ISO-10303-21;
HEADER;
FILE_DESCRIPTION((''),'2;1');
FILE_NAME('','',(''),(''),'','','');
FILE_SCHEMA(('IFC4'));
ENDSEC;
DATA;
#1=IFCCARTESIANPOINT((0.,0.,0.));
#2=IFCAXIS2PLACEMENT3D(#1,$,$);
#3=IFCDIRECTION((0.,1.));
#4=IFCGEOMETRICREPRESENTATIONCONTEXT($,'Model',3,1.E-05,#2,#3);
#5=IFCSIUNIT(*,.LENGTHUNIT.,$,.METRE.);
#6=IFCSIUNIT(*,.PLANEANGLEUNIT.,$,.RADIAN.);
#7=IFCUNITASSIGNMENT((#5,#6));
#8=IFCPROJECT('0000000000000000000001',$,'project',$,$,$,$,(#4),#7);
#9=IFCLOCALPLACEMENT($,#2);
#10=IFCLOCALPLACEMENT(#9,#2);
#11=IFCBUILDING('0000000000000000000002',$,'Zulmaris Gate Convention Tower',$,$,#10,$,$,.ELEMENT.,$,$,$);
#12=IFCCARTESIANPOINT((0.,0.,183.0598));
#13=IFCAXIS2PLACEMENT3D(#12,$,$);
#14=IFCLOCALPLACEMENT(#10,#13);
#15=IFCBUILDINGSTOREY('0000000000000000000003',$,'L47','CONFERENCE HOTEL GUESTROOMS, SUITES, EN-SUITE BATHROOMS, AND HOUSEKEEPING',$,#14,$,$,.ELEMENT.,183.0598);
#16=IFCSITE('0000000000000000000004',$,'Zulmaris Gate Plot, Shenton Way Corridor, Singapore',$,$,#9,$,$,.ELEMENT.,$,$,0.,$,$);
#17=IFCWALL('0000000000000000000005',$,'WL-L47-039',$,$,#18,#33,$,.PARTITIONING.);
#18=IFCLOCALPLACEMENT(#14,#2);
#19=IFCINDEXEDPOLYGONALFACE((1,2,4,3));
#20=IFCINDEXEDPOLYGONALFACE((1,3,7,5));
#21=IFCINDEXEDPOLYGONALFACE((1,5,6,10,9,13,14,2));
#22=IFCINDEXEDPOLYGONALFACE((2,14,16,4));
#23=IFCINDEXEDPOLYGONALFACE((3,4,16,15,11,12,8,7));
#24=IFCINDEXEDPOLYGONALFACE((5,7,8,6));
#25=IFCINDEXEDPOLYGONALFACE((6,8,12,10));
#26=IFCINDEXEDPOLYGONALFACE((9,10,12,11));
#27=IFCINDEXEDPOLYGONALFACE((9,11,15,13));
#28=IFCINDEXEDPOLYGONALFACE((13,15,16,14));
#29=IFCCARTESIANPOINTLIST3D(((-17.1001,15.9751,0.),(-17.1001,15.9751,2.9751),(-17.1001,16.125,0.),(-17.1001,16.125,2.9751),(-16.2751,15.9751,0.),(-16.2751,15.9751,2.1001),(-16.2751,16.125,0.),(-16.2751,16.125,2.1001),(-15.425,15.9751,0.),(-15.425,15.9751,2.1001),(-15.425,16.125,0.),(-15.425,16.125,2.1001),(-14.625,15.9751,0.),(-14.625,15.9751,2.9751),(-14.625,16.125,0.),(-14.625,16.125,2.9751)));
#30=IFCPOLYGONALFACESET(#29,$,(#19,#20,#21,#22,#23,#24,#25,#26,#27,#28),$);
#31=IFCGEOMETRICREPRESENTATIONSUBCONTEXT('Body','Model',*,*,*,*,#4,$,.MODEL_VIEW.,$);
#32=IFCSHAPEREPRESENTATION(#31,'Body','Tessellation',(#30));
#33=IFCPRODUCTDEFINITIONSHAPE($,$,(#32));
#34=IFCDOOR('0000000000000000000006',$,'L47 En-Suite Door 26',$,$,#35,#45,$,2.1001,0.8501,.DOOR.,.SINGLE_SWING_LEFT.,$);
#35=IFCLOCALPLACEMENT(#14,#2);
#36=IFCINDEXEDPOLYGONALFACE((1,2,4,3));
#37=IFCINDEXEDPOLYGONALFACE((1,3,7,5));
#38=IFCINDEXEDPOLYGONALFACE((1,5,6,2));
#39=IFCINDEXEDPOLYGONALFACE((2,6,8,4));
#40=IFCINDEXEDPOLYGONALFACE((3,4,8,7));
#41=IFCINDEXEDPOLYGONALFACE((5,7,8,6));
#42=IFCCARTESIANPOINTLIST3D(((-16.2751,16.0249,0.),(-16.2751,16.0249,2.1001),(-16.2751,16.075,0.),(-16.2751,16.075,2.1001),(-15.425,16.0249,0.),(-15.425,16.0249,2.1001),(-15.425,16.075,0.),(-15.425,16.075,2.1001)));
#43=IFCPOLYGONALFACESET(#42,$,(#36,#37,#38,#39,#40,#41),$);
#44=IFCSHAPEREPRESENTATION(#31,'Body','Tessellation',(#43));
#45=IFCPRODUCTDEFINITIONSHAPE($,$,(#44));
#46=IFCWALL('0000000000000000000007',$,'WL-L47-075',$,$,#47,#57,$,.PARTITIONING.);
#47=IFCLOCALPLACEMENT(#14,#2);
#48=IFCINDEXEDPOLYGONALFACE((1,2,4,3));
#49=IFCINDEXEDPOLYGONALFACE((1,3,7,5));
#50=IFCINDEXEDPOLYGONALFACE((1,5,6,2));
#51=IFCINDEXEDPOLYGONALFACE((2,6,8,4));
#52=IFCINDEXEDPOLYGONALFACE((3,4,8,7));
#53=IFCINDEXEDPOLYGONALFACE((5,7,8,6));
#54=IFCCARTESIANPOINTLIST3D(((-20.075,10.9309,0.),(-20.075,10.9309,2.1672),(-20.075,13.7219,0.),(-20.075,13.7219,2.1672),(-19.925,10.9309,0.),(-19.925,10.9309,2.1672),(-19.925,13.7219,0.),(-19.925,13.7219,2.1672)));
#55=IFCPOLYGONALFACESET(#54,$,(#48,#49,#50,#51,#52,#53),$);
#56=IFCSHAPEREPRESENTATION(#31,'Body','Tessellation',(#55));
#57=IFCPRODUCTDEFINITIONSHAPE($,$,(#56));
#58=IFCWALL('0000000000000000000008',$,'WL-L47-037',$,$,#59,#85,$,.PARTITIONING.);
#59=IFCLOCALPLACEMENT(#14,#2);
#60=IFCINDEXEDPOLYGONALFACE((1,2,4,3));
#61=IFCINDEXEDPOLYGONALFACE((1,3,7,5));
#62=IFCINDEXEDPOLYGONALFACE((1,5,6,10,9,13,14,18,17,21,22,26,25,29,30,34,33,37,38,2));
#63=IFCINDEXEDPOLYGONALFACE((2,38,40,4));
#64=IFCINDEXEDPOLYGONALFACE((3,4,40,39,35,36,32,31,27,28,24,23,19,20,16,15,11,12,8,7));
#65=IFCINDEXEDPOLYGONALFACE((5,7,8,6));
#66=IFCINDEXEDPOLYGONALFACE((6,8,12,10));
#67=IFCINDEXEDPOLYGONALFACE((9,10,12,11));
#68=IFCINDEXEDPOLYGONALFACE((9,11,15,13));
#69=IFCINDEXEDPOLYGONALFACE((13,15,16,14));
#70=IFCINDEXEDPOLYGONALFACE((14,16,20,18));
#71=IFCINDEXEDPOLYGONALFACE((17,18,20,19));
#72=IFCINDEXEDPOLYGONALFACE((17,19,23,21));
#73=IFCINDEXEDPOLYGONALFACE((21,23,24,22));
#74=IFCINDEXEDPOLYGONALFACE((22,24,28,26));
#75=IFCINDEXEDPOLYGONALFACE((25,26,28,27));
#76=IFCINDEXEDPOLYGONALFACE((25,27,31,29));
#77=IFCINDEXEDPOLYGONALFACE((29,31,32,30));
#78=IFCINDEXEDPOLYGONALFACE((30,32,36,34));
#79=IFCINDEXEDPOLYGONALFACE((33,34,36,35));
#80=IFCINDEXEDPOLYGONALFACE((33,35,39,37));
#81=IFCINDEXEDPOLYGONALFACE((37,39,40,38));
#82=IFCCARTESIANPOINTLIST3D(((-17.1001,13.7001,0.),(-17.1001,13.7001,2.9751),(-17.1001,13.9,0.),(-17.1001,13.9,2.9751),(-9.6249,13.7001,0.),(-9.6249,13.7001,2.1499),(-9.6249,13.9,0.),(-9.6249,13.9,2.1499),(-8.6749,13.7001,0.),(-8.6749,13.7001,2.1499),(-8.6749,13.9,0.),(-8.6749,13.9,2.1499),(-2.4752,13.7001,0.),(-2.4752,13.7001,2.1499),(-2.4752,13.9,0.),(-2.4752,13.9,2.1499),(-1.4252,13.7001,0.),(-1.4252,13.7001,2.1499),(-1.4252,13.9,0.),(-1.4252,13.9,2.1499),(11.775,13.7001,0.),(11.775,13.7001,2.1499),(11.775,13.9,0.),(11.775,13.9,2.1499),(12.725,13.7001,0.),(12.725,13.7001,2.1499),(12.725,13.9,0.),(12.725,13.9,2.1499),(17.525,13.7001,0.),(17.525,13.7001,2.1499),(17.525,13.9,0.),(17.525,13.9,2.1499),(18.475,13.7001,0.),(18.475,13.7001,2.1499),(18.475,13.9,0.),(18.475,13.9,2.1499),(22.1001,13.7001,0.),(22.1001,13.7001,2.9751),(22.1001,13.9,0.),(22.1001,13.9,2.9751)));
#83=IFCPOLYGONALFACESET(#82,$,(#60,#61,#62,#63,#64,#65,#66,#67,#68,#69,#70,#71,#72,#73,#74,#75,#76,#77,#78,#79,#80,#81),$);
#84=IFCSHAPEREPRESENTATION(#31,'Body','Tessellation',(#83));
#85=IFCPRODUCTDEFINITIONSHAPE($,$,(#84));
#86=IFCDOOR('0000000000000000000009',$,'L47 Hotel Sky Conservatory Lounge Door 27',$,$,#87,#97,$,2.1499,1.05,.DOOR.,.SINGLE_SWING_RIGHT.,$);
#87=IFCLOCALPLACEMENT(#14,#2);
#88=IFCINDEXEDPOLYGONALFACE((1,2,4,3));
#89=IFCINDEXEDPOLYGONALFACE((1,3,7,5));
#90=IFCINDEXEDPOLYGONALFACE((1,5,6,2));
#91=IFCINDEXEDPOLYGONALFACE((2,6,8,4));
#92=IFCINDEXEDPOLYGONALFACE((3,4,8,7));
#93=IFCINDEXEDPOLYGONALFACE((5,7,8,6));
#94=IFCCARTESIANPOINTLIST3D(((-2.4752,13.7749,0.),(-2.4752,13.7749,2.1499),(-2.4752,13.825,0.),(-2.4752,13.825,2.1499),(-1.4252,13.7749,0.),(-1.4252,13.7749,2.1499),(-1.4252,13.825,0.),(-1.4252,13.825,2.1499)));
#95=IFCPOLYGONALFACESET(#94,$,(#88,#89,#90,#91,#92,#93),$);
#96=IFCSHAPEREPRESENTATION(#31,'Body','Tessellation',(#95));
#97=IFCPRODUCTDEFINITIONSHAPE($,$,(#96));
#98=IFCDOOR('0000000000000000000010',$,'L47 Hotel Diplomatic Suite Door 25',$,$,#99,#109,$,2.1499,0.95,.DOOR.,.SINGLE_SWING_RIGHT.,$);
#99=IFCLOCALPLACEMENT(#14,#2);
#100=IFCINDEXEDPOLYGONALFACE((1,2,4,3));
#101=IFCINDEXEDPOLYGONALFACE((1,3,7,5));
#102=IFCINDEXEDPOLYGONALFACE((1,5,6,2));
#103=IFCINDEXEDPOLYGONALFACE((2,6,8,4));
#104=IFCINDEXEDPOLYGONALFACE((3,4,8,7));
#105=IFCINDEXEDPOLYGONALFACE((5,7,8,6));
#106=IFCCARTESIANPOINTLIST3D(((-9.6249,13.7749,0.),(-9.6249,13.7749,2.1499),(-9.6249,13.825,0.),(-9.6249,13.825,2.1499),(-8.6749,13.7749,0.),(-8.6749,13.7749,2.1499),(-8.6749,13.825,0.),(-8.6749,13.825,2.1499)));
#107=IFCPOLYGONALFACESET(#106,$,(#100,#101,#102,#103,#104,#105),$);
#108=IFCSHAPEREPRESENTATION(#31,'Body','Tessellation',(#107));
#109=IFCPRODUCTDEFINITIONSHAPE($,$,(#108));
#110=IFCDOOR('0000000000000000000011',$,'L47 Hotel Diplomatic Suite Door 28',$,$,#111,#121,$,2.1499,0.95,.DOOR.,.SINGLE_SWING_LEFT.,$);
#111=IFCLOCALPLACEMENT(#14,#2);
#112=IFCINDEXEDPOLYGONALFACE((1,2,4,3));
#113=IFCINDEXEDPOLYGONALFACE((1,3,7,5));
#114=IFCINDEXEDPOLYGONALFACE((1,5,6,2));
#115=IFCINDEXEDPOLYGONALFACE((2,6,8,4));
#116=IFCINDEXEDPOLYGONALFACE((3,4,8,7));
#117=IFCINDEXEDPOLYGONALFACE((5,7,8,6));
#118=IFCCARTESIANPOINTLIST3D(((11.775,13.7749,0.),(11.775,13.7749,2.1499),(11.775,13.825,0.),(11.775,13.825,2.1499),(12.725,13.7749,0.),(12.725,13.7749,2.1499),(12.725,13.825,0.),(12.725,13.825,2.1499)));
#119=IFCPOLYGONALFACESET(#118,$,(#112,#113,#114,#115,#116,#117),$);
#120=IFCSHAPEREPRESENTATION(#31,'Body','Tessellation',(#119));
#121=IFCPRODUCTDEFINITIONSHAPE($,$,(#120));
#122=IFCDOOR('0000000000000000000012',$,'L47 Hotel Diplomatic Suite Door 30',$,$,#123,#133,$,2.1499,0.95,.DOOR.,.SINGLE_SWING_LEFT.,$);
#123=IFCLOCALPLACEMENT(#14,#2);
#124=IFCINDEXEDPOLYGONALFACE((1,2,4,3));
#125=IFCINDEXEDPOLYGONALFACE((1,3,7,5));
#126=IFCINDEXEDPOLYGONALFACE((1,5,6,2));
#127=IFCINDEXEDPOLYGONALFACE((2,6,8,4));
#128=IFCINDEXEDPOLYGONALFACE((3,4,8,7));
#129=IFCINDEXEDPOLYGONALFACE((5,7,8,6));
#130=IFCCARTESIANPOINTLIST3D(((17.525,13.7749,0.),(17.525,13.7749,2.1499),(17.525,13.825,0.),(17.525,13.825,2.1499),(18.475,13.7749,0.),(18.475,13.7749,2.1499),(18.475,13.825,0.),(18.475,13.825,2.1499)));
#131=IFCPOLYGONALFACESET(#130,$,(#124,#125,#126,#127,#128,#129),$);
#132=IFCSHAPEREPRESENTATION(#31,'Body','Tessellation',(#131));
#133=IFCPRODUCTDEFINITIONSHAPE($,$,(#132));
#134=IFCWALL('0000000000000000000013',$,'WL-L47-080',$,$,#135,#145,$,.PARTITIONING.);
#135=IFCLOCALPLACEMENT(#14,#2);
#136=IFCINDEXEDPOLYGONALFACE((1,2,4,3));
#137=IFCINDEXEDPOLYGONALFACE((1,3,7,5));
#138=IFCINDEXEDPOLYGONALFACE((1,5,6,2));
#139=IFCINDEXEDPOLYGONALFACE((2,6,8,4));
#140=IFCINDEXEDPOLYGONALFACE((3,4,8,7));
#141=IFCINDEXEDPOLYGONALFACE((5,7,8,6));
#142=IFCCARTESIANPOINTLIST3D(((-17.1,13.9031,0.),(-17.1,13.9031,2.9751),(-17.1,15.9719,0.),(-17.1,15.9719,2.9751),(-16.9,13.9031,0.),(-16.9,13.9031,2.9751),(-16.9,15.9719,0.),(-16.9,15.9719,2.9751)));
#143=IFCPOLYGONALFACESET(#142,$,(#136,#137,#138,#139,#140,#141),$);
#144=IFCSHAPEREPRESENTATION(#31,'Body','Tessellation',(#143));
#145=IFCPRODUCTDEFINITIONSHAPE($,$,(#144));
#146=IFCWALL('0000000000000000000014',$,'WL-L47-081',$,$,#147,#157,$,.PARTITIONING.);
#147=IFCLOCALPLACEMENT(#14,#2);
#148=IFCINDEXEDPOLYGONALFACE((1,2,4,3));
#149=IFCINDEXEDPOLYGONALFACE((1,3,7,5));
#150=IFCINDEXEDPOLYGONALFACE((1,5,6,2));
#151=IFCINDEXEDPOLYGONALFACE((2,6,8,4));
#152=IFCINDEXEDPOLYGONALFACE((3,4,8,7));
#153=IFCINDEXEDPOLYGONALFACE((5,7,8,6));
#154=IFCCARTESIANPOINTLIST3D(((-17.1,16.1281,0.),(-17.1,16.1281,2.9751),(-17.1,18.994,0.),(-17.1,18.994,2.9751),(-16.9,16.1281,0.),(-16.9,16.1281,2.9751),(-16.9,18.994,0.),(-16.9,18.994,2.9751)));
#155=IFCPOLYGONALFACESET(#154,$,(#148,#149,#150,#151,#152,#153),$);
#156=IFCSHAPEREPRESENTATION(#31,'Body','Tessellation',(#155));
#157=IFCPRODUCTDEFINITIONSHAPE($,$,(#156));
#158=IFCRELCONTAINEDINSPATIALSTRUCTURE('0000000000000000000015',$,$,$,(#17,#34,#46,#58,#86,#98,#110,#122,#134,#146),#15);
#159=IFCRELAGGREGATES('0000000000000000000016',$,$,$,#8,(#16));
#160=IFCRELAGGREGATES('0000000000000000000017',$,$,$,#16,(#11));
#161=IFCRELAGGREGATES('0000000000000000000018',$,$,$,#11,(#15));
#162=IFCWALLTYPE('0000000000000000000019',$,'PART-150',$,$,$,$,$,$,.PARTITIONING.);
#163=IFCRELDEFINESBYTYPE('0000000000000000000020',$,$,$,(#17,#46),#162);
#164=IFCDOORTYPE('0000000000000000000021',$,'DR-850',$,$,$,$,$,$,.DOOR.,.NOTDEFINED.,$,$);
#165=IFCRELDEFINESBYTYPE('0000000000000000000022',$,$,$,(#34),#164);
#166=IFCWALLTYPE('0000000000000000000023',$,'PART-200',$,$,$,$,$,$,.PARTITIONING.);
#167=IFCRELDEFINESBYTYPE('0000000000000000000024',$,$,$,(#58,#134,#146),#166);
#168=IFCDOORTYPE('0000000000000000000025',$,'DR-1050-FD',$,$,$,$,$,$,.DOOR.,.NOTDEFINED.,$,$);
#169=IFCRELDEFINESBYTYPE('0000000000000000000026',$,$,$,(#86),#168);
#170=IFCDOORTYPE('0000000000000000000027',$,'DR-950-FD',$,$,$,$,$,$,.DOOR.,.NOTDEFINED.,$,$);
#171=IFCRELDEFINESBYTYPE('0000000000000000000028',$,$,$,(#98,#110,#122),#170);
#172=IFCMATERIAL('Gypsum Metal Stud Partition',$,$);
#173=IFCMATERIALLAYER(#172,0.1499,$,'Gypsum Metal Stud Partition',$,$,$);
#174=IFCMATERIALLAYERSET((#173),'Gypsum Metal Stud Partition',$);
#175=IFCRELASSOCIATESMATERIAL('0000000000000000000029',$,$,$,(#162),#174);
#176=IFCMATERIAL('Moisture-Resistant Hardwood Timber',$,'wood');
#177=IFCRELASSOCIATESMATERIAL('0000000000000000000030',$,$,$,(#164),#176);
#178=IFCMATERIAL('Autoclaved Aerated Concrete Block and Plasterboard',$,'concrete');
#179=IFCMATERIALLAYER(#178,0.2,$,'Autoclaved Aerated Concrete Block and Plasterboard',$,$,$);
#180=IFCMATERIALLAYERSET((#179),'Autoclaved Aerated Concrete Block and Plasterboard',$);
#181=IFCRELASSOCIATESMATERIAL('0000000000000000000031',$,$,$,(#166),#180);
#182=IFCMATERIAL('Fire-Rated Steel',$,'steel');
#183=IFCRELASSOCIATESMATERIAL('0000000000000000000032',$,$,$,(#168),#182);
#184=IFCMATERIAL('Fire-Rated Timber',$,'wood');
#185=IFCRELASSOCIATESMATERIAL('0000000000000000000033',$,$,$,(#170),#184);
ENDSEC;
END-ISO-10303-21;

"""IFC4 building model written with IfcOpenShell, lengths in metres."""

from ifc_helpers import new_model, si_unit, direction, frame, frame_2d, origin, place, context, subcontext, project, spatial, rectangle, extrude, material, layer, layer_set, type_object, element, fill, save


model = new_model("IFC4")

# Units and contexts
model_context = context("Model", 3, precision=1e-05, world=origin(), true_north=direction((0.0, 1.0)))
body_context = subcontext(model_context, "Body", "Model", "MODEL_VIEW")
ifc_project = project(units=[si_unit("LENGTHUNIT", "METRE"), si_unit("PLANEANGLEUNIT", "RADIAN")], contexts=[model_context])

# Site, building, storey
site_placement = place(None, origin())
site = spatial("IfcSite", under=ifc_project, at=site_placement, Name="Zulmaris Gate Plot, Shenton Way Corridor, Singapore", CompositionType="ELEMENT", RefElevation=0.0)
building_placement = place(site_placement, origin())
building = spatial("IfcBuilding", under=site, at=building_placement, Name="Zulmaris Gate Convention Tower", CompositionType="ELEMENT")
storey_placement = place(building_placement, frame((0.0, 0.0, 183.0598)))
storey = spatial("IfcBuildingStorey", under=building, at=storey_placement, Name="L47", Description="CONFERENCE HOTEL GUESTROOMS, SUITES, EN-SUITE BATHROOMS, AND HOUSEKEEPING", CompositionType="ELEMENT", Elevation=183.0598)

# Shared definitions
ifc_material_1 = material(Name="Fire-Rated Steel", Category="steel")

# Shared definitions
ifc_material_2 = material(Name="Gypsum Metal Stud Partition")
ifc_layer_1 = layer(ifc_material_2, 0.1499, Name="Gypsum Metal Stud Partition")
ifc_layer_set_1 = layer_set([ifc_layer_1], Name="Gypsum Metal Stud Partition")
wall_type_1 = type_object("IfcWallType", Name="PART-150", PredefinedType="PARTITIONING", material=ifc_layer_set_1)

# Wall, opening, door
wall_1_placement = place(storey_placement, frame((-17.1001, 16.05, 0.0), z_axis=(0.0, 0.0, 1.0), x_axis=(1.0, 0.0, 0.0)))
wall_1 = element("IfcWall", 1, at=wall_1_placement, inside=storey, type_object=wall_type_1, Name="WL-L47-039", PredefinedType="PARTITIONING", context=body_context, shape_type="SweptSolid", body=[
    extrude(rectangle(XDim=2.4751, YDim=0.1499, at=frame_2d((1.2375, 0.0))), origin(), (0.0, 0.0, 1.0), 2.9751),
])
opening_1_placement = place(wall_1_placement, frame((0.825, 0.0, 0.0)))
opening_1 = element("IfcOpeningElement", 2, at=opening_1_placement, cuts=wall_1, PredefinedType="OPENING", context=body_context, shape_type="SweptSolid", body=[
    extrude(rectangle(XDim=0.8501, YDim=2.1001, at=frame_2d((0.425, 1.05))), frame((0.0, 0.085, 0.0), z_axis=(0.0, -1.0, 0.0), x_axis=(1.0, 0.0, 0.0)), (0.0, 0.0, 1.0), 0.1699),
])
ifc_material_3 = material(Name="Moisture-Resistant Hardwood Timber", Category="wood")
door_type_1 = type_object("IfcDoorType", Name="DR-850", OperationType="NOTDEFINED", PredefinedType="DOOR", material=ifc_material_3)
door_1_placement = place(opening_1_placement, origin())
door_1 = element("IfcDoor", 3, at=door_1_placement, inside=storey, type_object=door_type_1, Name="L47 En-Suite Door 26", OperationType="SINGLE_SWING_LEFT", OverallHeight=2.1001, OverallWidth=0.8501, PredefinedType="DOOR", context=body_context, shape_type="SweptSolid", body=[
    extrude(rectangle(XDim=0.8501, YDim=2.1001, at=frame_2d((0.425, 1.05))), frame((0.0, 0.0249, 0.0), z_axis=(0.0, -1.0, 0.0), x_axis=(1.0, 0.0, 0.0)), (0.0, 0.0, 1.0), 0.05),
])
fill(opening_1, door_1)

# Wall
wall_2_placement = place(storey_placement, frame((-20.0, 10.9309, 0.0), z_axis=(0.0, 0.0, 1.0), x_axis=(0.0, 1.0, 0.0)))
element("IfcWall", 4, at=wall_2_placement, inside=storey, type_object=wall_type_1, Name="WL-L47-075", PredefinedType="PARTITIONING", context=body_context, shape_type="SweptSolid", body=[
    extrude(rectangle(XDim=2.791, YDim=0.1499, at=frame_2d((1.3955, 0.0))), origin(), (0.0, 0.0, 1.0), 2.1672),
])

# Wall, openings, doors
ifc_material_4 = material(Name="Autoclaved Aerated Concrete Block and Plasterboard", Category="concrete")
ifc_layer_2 = layer(ifc_material_4, 0.2, Name="Autoclaved Aerated Concrete Block and Plasterboard")
ifc_layer_set_2 = layer_set([ifc_layer_2], Name="Autoclaved Aerated Concrete Block and Plasterboard")
wall_type_2 = type_object("IfcWallType", Name="PART-200", PredefinedType="PARTITIONING", material=ifc_layer_set_2)
wall_3_placement = place(storey_placement, frame((-17.1001, 13.8, 0.0), z_axis=(0.0, 0.0, 1.0), x_axis=(1.0, 0.0, 0.0)))
wall_3 = element("IfcWall", 5, at=wall_3_placement, inside=storey, type_object=wall_type_2, Name="WL-L47-037", PredefinedType="PARTITIONING", context=body_context, shape_type="SweptSolid", body=[
    extrude(rectangle(XDim=39.2002, YDim=0.2, at=frame_2d((19.6001, 0.0))), origin(), (0.0, 0.0, 1.0), 2.9751),
])
opening_2_placement = place(wall_3_placement, frame((7.4751, 0.0, 0.0)))
opening_2 = element("IfcOpeningElement", 6, at=opening_2_placement, cuts=wall_3, PredefinedType="OPENING", context=body_context, shape_type="SweptSolid", body=[
    extrude(rectangle(XDim=0.95, YDim=2.1499, at=frame_2d((0.4751, 1.075))), frame((0.0, 0.1099, 0.0), z_axis=(0.0, -1.0, 0.0), x_axis=(1.0, 0.0, 0.0)), (0.0, 0.0, 1.0), 0.22),
])
opening_3_placement = place(wall_3_placement, frame((14.625, 0.0, 0.0)))
opening_3 = element("IfcOpeningElement", 7, at=opening_3_placement, cuts=wall_3, PredefinedType="OPENING", context=body_context, shape_type="SweptSolid", body=[
    extrude(rectangle(XDim=1.05, YDim=2.1499, at=frame_2d((0.5249, 1.075))), frame((0.0, 0.1099, 0.0), z_axis=(0.0, -1.0, 0.0), x_axis=(1.0, 0.0, 0.0)), (0.0, 0.0, 1.0), 0.22),
])
opening_4_placement = place(wall_3_placement, frame((28.875, 0.0, 0.0)))
opening_4 = element("IfcOpeningElement", 8, at=opening_4_placement, cuts=wall_3, PredefinedType="OPENING", context=body_context, shape_type="SweptSolid", body=[
    extrude(rectangle(XDim=0.95, YDim=2.1499, at=frame_2d((0.4751, 1.075))), frame((0.0, 0.1099, 0.0), z_axis=(0.0, -1.0, 0.0), x_axis=(1.0, 0.0, 0.0)), (0.0, 0.0, 1.0), 0.22),
])
opening_5_placement = place(wall_3_placement, frame((34.625, 0.0, 0.0)))
opening_5 = element("IfcOpeningElement", 9, at=opening_5_placement, cuts=wall_3, PredefinedType="OPENING", context=body_context, shape_type="SweptSolid", body=[
    extrude(rectangle(XDim=0.95, YDim=2.1499, at=frame_2d((0.4751, 1.075))), frame((0.0, 0.1099, 0.0), z_axis=(0.0, -1.0, 0.0), x_axis=(1.0, 0.0, 0.0)), (0.0, 0.0, 1.0), 0.22),
])
door_type_2 = type_object("IfcDoorType", Name="DR-1050-FD", OperationType="NOTDEFINED", PredefinedType="DOOR", material=ifc_material_1)
door_2_placement = place(opening_3_placement, origin())
door_2 = element("IfcDoor", 10, at=door_2_placement, inside=storey, type_object=door_type_2, Name="L47 Hotel Sky Conservatory Lounge Door 27", OperationType="SINGLE_SWING_RIGHT", OverallHeight=2.1499, OverallWidth=1.05, PredefinedType="DOOR", context=body_context, shape_type="SweptSolid", body=[
    extrude(rectangle(XDim=1.05, YDim=2.1499, at=frame_2d((0.5249, 1.075))), frame((0.0, 0.0249, 0.0), z_axis=(0.0, -1.0, 0.0), x_axis=(1.0, 0.0, 0.0)), (0.0, 0.0, 1.0), 0.05),
])
fill(opening_3, door_2)
ifc_material_5 = material(Name="Fire-Rated Timber", Category="wood")
door_type_3 = type_object("IfcDoorType", Name="DR-950-FD", OperationType="NOTDEFINED", PredefinedType="DOOR", material=ifc_material_5)
door_3_placement = place(opening_2_placement, origin())
door_3 = element("IfcDoor", 11, at=door_3_placement, inside=storey, type_object=door_type_3, Name="L47 Hotel Diplomatic Suite Door 25", OperationType="SINGLE_SWING_RIGHT", OverallHeight=2.1499, OverallWidth=0.95, PredefinedType="DOOR", context=body_context, shape_type="SweptSolid", body=[
    extrude(rectangle(XDim=0.95, YDim=2.1499, at=frame_2d((0.4751, 1.075))), frame((0.0, 0.0249, 0.0), z_axis=(0.0, -1.0, 0.0), x_axis=(1.0, 0.0, 0.0)), (0.0, 0.0, 1.0), 0.05),
])
fill(opening_2, door_3)
door_4_placement = place(opening_4_placement, origin())
door_4 = element("IfcDoor", 12, at=door_4_placement, inside=storey, type_object=door_type_3, Name="L47 Hotel Diplomatic Suite Door 28", OperationType="SINGLE_SWING_LEFT", OverallHeight=2.1499, OverallWidth=0.95, PredefinedType="DOOR", context=body_context, shape_type="SweptSolid", body=[
    extrude(rectangle(XDim=0.95, YDim=2.1499, at=frame_2d((0.4751, 1.075))), frame((0.0, 0.0249, 0.0), z_axis=(0.0, -1.0, 0.0), x_axis=(1.0, 0.0, 0.0)), (0.0, 0.0, 1.0), 0.05),
])
fill(opening_4, door_4)
door_5_placement = place(opening_5_placement, origin())
door_5 = element("IfcDoor", 13, at=door_5_placement, inside=storey, type_object=door_type_3, Name="L47 Hotel Diplomatic Suite Door 30", OperationType="SINGLE_SWING_LEFT", OverallHeight=2.1499, OverallWidth=0.95, PredefinedType="DOOR", context=body_context, shape_type="SweptSolid", body=[
    extrude(rectangle(XDim=0.95, YDim=2.1499, at=frame_2d((0.4751, 1.075))), frame((0.0, 0.0249, 0.0), z_axis=(0.0, -1.0, 0.0), x_axis=(1.0, 0.0, 0.0)), (0.0, 0.0, 1.0), 0.05),
])
fill(opening_5, door_5)

# Walls
wall_4_placement = place(storey_placement, frame((-17.0, 13.9031, 0.0), z_axis=(0.0, 0.0, 1.0), x_axis=(0.0, 1.0, 0.0)))
element("IfcWall", 14, at=wall_4_placement, inside=storey, type_object=wall_type_2, Name="WL-L47-080", PredefinedType="PARTITIONING", context=body_context, shape_type="SweptSolid", body=[
    extrude(rectangle(XDim=2.0688, YDim=0.2, at=frame_2d((1.0344, 0.0))), origin(), (0.0, 0.0, 1.0), 2.9751),
])
wall_5_placement = place(storey_placement, frame((-17.0, 16.1279, 0.0), z_axis=(0.0, 0.0, 1.0), x_axis=(0.0, 1.0, 0.0)))
element("IfcWall", 15, at=wall_5_placement, inside=storey, type_object=wall_type_2, Name="WL-L47-081", PredefinedType="PARTITIONING", context=body_context, shape_type="SweptSolid", body=[
    extrude(rectangle(XDim=2.866, YDim=0.2, at=frame_2d((1.4331, 0.0))), origin(), (0.0, 0.0, 1.0), 2.9751),
])

save(model, "model.ifc")
